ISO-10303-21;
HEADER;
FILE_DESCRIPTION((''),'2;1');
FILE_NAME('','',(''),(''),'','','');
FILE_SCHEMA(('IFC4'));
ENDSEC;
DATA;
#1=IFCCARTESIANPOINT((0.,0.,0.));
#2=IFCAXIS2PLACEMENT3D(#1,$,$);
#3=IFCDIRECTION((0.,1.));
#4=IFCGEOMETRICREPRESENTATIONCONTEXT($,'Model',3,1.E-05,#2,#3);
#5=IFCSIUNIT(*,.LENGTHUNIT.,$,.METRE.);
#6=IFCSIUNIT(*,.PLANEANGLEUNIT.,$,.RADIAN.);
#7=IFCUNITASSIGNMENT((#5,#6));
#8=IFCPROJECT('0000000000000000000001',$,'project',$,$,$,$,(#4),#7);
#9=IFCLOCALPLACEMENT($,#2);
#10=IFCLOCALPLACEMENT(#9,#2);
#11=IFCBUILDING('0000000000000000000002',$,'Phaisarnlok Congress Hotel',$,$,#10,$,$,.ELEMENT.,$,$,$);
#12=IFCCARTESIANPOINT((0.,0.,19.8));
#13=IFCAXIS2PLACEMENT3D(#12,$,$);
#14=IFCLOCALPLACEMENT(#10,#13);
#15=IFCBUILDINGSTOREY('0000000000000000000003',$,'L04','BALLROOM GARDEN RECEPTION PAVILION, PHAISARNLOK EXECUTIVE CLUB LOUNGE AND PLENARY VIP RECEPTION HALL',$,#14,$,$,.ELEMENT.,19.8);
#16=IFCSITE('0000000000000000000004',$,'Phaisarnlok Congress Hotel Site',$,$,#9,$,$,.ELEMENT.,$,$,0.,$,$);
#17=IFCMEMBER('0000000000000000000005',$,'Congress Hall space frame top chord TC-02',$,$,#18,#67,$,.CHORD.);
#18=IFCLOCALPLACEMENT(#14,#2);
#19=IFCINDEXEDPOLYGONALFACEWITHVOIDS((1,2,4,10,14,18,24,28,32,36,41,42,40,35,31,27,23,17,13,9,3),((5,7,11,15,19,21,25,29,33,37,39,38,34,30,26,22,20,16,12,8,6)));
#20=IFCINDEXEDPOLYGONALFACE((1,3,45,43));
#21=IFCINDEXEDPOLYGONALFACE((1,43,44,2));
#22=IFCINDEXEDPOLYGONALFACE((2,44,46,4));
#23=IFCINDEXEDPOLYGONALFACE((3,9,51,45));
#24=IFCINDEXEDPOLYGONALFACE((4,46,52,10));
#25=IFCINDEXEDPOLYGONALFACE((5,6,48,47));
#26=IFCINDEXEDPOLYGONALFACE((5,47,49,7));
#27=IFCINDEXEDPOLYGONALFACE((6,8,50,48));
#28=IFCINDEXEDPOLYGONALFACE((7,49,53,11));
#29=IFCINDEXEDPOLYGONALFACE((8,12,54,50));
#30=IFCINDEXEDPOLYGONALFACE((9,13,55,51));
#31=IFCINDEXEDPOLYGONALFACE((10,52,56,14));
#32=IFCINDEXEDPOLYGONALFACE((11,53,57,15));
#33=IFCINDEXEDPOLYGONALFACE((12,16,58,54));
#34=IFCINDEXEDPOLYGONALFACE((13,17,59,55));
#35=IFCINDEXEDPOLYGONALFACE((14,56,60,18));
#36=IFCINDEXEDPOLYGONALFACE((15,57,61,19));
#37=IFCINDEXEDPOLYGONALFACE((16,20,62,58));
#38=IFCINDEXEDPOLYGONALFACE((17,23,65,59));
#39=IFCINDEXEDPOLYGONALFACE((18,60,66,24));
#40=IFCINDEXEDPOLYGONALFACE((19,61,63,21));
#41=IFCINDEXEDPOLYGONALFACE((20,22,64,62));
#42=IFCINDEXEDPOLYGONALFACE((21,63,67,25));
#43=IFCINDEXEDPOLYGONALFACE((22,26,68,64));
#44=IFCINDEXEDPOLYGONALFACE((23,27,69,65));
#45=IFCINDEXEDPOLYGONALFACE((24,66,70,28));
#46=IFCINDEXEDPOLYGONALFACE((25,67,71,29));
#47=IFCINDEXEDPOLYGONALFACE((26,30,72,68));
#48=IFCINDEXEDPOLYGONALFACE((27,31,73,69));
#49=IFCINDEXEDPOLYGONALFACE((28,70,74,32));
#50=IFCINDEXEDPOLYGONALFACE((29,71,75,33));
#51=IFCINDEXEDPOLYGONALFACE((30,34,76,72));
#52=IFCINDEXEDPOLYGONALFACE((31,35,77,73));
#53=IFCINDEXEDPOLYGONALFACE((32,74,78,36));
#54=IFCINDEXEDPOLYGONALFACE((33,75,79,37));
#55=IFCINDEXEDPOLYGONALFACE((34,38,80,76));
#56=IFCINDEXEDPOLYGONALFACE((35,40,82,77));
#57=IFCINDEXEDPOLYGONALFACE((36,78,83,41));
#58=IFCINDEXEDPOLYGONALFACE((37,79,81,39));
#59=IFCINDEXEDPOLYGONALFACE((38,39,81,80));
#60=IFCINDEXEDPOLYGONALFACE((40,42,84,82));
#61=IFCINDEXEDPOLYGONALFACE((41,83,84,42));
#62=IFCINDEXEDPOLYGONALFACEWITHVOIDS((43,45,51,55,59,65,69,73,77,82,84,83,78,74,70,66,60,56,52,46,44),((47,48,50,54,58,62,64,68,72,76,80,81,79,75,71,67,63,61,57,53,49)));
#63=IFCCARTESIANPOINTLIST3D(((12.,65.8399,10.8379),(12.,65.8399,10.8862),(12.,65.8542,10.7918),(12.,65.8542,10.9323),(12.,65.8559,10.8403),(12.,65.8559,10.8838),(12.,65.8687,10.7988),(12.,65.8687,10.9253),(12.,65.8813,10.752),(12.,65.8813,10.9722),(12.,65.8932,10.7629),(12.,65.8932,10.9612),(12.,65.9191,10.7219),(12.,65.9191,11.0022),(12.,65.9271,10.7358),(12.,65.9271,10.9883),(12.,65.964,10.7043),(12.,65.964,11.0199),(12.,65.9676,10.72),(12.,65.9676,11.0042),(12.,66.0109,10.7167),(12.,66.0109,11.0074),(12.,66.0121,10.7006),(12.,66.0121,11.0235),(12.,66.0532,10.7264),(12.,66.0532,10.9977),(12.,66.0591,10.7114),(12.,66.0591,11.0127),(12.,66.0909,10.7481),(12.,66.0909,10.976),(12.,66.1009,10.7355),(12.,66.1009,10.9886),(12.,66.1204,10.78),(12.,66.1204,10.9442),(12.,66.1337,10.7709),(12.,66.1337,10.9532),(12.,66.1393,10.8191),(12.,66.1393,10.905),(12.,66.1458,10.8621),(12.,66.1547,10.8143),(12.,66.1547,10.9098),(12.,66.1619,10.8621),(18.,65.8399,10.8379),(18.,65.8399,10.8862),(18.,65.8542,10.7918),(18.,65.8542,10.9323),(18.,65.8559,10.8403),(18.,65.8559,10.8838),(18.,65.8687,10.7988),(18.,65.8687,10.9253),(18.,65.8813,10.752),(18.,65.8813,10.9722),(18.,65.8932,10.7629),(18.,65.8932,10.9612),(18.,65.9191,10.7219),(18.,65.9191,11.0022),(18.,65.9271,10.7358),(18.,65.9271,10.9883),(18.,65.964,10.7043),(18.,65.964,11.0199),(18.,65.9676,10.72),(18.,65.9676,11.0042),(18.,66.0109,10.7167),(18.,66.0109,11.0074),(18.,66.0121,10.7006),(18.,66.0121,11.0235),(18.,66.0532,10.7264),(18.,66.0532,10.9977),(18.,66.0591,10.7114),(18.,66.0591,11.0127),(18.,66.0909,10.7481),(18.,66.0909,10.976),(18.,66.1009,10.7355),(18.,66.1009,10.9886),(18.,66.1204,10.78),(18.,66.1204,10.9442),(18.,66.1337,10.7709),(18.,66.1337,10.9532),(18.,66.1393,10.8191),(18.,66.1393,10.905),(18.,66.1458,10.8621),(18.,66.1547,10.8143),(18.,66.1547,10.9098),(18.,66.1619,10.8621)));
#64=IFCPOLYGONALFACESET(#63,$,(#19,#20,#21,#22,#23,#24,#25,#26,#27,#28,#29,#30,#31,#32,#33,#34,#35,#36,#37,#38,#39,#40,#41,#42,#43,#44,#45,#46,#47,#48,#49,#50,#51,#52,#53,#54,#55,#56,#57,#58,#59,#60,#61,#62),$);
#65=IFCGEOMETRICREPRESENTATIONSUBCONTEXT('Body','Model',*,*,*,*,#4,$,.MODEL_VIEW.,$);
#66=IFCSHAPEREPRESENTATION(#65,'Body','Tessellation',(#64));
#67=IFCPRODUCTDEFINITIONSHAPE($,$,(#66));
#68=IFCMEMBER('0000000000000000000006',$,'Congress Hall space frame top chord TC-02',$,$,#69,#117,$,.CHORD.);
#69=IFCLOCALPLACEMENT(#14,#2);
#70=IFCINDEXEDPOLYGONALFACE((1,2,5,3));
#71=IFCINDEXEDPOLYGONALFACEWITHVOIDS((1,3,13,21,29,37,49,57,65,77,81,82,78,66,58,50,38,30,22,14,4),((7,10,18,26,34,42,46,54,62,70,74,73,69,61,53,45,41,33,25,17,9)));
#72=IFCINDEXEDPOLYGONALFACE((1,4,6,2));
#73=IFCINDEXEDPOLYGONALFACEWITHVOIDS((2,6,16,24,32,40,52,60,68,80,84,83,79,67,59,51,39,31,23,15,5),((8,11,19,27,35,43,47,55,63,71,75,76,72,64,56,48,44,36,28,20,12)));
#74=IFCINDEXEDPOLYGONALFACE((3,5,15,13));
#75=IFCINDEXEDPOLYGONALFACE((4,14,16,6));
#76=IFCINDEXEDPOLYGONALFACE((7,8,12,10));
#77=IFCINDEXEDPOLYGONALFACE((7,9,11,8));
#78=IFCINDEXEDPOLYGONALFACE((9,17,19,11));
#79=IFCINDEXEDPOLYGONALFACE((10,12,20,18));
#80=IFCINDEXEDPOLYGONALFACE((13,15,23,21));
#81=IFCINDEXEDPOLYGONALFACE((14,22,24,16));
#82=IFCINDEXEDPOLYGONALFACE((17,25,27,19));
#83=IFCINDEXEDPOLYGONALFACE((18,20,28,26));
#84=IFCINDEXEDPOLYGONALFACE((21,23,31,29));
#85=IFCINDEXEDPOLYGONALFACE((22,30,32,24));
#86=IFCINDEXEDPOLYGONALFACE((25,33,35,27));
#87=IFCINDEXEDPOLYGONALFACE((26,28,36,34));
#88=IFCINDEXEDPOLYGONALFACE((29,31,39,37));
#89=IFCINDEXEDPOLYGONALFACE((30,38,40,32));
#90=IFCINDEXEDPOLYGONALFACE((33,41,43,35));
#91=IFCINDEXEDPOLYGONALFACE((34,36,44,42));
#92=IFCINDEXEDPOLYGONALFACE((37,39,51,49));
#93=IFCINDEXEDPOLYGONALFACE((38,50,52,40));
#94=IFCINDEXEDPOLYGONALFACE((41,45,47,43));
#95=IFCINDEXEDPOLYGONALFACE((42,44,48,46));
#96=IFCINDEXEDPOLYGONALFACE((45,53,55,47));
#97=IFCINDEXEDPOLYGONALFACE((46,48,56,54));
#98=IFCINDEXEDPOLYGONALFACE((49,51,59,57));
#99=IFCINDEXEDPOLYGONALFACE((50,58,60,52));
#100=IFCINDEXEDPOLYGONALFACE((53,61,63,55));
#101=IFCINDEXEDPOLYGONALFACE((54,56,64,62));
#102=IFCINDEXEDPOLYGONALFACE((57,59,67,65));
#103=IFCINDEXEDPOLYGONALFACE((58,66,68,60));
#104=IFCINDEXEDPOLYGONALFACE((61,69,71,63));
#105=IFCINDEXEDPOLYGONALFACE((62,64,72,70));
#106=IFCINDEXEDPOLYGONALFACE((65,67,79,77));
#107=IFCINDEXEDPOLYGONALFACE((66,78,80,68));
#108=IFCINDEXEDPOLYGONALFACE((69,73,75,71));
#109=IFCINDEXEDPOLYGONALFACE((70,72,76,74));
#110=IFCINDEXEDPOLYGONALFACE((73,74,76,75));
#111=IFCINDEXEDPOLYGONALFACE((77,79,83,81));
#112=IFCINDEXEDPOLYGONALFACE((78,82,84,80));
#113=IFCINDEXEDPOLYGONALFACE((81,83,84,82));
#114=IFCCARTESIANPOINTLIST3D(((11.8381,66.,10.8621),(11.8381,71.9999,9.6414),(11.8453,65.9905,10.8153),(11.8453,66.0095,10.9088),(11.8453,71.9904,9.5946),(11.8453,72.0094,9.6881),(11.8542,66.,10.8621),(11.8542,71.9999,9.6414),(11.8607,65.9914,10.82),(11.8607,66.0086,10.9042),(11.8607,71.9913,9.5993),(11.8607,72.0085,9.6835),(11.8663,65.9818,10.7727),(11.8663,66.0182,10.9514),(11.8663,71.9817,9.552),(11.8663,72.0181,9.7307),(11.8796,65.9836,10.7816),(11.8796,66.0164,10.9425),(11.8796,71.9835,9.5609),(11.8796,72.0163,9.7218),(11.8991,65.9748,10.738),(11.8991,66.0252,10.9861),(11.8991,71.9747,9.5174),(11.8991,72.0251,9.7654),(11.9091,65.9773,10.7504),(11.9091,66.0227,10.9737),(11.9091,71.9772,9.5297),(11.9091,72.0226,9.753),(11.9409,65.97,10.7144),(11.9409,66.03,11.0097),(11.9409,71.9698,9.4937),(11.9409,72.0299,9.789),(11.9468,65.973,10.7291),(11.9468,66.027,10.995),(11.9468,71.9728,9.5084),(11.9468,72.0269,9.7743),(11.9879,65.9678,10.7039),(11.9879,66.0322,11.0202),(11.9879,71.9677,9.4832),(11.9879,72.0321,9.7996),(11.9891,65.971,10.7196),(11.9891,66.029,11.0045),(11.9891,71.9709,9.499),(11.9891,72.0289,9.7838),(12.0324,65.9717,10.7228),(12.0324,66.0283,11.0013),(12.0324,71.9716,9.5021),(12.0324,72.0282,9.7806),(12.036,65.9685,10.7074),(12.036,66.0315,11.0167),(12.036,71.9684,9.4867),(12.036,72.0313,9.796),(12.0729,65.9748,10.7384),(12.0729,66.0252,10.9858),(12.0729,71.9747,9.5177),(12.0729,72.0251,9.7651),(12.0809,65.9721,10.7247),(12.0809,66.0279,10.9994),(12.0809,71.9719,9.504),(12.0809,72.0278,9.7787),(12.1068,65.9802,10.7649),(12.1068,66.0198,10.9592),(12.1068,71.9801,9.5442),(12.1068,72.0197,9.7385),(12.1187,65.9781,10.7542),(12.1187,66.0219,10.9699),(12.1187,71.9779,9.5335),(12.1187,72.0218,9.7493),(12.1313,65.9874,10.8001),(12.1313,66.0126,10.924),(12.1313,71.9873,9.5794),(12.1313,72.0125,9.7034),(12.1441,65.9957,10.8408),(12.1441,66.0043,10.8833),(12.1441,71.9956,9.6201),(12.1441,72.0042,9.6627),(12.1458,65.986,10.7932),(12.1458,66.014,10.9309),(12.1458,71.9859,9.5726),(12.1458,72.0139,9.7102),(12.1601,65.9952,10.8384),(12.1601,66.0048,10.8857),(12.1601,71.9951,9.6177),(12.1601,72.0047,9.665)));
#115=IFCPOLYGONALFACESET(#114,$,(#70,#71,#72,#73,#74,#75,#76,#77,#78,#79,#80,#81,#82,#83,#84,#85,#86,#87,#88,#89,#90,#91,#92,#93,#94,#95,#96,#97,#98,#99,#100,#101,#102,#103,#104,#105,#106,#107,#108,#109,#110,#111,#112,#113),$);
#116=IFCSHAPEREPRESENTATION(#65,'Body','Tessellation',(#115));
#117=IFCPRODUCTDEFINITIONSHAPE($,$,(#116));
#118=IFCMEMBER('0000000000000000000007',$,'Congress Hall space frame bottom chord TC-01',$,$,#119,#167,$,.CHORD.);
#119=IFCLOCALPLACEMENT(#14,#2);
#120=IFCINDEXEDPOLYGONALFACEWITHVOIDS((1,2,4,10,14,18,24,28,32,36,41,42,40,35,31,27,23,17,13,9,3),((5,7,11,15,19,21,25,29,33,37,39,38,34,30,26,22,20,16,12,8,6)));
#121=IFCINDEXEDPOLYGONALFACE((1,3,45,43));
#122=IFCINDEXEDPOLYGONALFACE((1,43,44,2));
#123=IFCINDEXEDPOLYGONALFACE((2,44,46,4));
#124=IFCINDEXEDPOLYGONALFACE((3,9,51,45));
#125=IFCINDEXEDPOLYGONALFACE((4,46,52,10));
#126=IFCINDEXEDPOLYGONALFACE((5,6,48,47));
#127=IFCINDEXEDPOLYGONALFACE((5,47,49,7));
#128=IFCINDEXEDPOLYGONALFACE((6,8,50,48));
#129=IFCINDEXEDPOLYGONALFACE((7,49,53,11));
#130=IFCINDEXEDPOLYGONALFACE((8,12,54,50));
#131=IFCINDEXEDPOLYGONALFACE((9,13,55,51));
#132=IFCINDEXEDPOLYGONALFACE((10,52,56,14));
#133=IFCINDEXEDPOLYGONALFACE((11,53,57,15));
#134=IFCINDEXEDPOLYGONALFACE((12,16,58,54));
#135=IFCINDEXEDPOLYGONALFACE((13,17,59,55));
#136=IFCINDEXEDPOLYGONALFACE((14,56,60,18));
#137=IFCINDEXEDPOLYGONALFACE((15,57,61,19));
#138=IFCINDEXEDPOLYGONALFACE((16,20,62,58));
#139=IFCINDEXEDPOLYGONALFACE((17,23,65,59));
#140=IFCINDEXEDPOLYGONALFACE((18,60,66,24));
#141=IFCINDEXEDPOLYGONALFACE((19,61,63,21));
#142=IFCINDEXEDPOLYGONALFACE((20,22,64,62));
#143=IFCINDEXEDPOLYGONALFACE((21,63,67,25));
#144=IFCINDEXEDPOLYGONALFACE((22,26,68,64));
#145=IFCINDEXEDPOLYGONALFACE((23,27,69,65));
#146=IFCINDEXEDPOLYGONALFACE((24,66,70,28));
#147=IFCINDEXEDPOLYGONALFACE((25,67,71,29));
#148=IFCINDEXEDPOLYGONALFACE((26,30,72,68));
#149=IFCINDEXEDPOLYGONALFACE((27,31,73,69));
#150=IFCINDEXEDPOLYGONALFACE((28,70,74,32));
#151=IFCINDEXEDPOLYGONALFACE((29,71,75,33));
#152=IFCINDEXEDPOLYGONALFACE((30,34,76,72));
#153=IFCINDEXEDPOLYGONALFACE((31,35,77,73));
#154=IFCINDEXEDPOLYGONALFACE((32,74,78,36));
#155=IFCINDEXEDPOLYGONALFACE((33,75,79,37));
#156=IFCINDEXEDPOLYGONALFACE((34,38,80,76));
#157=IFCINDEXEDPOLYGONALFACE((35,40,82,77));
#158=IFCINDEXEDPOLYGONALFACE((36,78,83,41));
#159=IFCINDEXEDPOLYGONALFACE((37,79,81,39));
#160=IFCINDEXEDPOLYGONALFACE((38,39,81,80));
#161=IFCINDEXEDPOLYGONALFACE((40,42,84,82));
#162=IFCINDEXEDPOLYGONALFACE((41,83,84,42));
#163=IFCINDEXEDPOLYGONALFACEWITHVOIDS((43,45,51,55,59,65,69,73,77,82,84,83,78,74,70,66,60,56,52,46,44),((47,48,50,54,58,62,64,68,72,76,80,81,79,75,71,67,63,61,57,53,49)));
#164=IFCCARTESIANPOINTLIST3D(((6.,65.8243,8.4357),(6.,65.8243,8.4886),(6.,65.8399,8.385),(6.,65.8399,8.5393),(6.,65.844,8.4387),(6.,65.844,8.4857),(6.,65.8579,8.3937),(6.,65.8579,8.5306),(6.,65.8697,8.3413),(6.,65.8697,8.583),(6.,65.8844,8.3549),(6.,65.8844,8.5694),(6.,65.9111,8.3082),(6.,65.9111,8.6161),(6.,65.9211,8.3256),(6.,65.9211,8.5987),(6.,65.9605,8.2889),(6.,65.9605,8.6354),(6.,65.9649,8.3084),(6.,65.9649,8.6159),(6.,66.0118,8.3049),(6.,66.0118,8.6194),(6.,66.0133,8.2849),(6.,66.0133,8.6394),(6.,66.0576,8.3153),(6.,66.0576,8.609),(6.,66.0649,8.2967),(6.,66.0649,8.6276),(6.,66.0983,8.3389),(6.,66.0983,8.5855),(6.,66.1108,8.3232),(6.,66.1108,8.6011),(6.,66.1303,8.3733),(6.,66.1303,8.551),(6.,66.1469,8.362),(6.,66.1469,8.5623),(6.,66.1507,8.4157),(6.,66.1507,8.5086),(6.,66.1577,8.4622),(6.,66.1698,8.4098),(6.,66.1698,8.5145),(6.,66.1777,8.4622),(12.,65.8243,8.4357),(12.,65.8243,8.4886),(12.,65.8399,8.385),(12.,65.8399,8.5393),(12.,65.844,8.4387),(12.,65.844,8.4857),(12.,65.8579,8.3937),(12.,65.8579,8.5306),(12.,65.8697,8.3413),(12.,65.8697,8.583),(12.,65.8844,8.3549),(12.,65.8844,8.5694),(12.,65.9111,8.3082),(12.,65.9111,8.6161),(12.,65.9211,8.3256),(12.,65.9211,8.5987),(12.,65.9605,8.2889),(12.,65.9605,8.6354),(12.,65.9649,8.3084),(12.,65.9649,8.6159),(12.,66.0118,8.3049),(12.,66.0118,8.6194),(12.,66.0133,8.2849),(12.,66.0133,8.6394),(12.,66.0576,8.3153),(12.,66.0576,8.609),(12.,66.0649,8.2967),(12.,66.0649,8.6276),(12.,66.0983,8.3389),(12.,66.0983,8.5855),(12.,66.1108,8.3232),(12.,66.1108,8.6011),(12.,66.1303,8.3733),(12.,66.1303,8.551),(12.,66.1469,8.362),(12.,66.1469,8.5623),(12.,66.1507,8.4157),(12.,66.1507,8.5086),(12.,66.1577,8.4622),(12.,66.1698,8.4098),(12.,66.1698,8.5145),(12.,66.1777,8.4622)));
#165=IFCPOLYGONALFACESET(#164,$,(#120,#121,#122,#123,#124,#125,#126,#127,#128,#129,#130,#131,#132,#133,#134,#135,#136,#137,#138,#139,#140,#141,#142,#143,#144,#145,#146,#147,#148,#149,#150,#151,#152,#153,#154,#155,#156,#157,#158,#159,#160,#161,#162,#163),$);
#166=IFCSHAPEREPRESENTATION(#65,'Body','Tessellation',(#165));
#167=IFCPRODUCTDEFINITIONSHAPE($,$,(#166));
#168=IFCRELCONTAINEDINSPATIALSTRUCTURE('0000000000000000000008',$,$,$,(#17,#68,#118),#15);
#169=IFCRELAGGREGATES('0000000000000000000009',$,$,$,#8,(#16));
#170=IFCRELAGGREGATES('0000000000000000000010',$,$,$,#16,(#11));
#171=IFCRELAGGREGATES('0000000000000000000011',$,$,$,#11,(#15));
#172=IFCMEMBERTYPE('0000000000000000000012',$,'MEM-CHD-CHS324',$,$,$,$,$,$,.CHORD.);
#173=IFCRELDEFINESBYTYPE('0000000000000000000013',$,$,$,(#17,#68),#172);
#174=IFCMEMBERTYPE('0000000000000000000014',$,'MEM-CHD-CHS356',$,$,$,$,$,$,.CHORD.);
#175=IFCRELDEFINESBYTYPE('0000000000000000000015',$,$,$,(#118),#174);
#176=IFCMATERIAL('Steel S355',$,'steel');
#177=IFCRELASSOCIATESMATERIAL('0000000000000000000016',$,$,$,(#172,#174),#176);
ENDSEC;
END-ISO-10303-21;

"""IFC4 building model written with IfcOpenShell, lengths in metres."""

from ifc_helpers import new_model, si_unit, direction, frame, origin, origin_2d, place, context, subcontext, project, spatial, hollow_circle, extrude, material, material_profile, profile_set, type_object, element, save


model = new_model("IFC4")

# Units and contexts
model_context = context("Model", 3, precision=1e-05, world=origin(), true_north=direction((0.0, 1.0)))
body_context = subcontext(model_context, "Body", "Model", "MODEL_VIEW")
ifc_project = project(units=[si_unit("LENGTHUNIT", "METRE"), si_unit("PLANEANGLEUNIT", "RADIAN")], contexts=[model_context])

# Site, building, storey
site_placement = place(None, origin())
site = spatial("IfcSite", under=ifc_project, at=site_placement, Name="Phaisarnlok Congress Hotel Site", CompositionType="ELEMENT", RefElevation=0.0)
building_placement = place(site_placement, origin())
building = spatial("IfcBuilding", under=site, at=building_placement, Name="Phaisarnlok Congress Hotel", CompositionType="ELEMENT")
storey_placement = place(building_placement, frame((0.0, 0.0, 19.8)))
storey = spatial("IfcBuildingStorey", under=building, at=storey_placement, Name="L04", Description="BALLROOM GARDEN RECEPTION PAVILION, PHAISARNLOK EXECUTIVE CLUB LOUNGE AND PLENARY VIP RECEPTION HALL", CompositionType="ELEMENT", Elevation=19.8)

# Members
ifc_material = material(Name="Steel S355", Category="steel")
ifc_material_profile_1 = material_profile(ifc_material, hollow_circle(Radius=0.1619, WallThickness=0.0161, at=origin_2d()), Name="CHS 323.9x16")
ifc_profile_set_1 = profile_set([ifc_material_profile_1], Name="Steel S355")
member_type_1 = type_object("IfcMemberType", Name="MEM-CHD-CHS324", PredefinedType="CHORD", material=ifc_profile_set_1)
for number, where, z_axis, x_axis, name in (
    (1, (12.0, 66.0, 10.8621), (1.0, 0.0, 0.0), (0.0, 1.0, 0.0), "Congress Hall space frame top chord TC-02"),
):
    element("IfcMember", number, at=place(storey_placement, frame(where, z_axis=z_axis, x_axis=x_axis)), inside=storey, type_object=member_type_1, Name=name, PredefinedType="CHORD", context=body_context, shape_type="SweptSolid", body=[
        extrude(hollow_circle(Radius=0.1619, WallThickness=0.0161, at=origin_2d()), origin(), (0.0, 0.0, 1.0), 6.0),
    ])
member_1_placement = place(storey_placement, frame((12.0, 66.0, 10.8621), z_axis=(0.0, 0.979925, -0.199366), x_axis=(-1.0, 0.0, 0.0)))
element("IfcMember", 2, at=member_1_placement, inside=storey, type_object=member_type_1, Name="Congress Hall space frame top chord TC-02", PredefinedType="CHORD", context=body_context, shape_type="SweptSolid", body=[
    extrude(hollow_circle(Radius=0.1619, WallThickness=0.0161, at=origin_2d()), origin(), (0.0, 0.0, 1.0), 6.1228),
])
ifc_material_profile_2 = material_profile(ifc_material, hollow_circle(Radius=0.1777, WallThickness=0.02, at=origin_2d()), Name="CHS 355.6x20")
ifc_profile_set_2 = profile_set([ifc_material_profile_2], Name="Steel S355")
member_type_2 = type_object("IfcMemberType", Name="MEM-CHD-CHS356", PredefinedType="CHORD", material=ifc_profile_set_2)
member_2_placement = place(storey_placement, frame((6.0, 66.0, 8.4622), z_axis=(1.0, 0.0, 0.0), x_axis=(0.0, 1.0, 0.0)))
element("IfcMember", 3, at=member_2_placement, inside=storey, type_object=member_type_2, Name="Congress Hall space frame bottom chord TC-01", PredefinedType="CHORD", context=body_context, shape_type="SweptSolid", body=[
    extrude(hollow_circle(Radius=0.1777, WallThickness=0.02, at=origin_2d()), origin(), (0.0, 0.0, 1.0), 6.0),
])

save(model, "model.ifc")
